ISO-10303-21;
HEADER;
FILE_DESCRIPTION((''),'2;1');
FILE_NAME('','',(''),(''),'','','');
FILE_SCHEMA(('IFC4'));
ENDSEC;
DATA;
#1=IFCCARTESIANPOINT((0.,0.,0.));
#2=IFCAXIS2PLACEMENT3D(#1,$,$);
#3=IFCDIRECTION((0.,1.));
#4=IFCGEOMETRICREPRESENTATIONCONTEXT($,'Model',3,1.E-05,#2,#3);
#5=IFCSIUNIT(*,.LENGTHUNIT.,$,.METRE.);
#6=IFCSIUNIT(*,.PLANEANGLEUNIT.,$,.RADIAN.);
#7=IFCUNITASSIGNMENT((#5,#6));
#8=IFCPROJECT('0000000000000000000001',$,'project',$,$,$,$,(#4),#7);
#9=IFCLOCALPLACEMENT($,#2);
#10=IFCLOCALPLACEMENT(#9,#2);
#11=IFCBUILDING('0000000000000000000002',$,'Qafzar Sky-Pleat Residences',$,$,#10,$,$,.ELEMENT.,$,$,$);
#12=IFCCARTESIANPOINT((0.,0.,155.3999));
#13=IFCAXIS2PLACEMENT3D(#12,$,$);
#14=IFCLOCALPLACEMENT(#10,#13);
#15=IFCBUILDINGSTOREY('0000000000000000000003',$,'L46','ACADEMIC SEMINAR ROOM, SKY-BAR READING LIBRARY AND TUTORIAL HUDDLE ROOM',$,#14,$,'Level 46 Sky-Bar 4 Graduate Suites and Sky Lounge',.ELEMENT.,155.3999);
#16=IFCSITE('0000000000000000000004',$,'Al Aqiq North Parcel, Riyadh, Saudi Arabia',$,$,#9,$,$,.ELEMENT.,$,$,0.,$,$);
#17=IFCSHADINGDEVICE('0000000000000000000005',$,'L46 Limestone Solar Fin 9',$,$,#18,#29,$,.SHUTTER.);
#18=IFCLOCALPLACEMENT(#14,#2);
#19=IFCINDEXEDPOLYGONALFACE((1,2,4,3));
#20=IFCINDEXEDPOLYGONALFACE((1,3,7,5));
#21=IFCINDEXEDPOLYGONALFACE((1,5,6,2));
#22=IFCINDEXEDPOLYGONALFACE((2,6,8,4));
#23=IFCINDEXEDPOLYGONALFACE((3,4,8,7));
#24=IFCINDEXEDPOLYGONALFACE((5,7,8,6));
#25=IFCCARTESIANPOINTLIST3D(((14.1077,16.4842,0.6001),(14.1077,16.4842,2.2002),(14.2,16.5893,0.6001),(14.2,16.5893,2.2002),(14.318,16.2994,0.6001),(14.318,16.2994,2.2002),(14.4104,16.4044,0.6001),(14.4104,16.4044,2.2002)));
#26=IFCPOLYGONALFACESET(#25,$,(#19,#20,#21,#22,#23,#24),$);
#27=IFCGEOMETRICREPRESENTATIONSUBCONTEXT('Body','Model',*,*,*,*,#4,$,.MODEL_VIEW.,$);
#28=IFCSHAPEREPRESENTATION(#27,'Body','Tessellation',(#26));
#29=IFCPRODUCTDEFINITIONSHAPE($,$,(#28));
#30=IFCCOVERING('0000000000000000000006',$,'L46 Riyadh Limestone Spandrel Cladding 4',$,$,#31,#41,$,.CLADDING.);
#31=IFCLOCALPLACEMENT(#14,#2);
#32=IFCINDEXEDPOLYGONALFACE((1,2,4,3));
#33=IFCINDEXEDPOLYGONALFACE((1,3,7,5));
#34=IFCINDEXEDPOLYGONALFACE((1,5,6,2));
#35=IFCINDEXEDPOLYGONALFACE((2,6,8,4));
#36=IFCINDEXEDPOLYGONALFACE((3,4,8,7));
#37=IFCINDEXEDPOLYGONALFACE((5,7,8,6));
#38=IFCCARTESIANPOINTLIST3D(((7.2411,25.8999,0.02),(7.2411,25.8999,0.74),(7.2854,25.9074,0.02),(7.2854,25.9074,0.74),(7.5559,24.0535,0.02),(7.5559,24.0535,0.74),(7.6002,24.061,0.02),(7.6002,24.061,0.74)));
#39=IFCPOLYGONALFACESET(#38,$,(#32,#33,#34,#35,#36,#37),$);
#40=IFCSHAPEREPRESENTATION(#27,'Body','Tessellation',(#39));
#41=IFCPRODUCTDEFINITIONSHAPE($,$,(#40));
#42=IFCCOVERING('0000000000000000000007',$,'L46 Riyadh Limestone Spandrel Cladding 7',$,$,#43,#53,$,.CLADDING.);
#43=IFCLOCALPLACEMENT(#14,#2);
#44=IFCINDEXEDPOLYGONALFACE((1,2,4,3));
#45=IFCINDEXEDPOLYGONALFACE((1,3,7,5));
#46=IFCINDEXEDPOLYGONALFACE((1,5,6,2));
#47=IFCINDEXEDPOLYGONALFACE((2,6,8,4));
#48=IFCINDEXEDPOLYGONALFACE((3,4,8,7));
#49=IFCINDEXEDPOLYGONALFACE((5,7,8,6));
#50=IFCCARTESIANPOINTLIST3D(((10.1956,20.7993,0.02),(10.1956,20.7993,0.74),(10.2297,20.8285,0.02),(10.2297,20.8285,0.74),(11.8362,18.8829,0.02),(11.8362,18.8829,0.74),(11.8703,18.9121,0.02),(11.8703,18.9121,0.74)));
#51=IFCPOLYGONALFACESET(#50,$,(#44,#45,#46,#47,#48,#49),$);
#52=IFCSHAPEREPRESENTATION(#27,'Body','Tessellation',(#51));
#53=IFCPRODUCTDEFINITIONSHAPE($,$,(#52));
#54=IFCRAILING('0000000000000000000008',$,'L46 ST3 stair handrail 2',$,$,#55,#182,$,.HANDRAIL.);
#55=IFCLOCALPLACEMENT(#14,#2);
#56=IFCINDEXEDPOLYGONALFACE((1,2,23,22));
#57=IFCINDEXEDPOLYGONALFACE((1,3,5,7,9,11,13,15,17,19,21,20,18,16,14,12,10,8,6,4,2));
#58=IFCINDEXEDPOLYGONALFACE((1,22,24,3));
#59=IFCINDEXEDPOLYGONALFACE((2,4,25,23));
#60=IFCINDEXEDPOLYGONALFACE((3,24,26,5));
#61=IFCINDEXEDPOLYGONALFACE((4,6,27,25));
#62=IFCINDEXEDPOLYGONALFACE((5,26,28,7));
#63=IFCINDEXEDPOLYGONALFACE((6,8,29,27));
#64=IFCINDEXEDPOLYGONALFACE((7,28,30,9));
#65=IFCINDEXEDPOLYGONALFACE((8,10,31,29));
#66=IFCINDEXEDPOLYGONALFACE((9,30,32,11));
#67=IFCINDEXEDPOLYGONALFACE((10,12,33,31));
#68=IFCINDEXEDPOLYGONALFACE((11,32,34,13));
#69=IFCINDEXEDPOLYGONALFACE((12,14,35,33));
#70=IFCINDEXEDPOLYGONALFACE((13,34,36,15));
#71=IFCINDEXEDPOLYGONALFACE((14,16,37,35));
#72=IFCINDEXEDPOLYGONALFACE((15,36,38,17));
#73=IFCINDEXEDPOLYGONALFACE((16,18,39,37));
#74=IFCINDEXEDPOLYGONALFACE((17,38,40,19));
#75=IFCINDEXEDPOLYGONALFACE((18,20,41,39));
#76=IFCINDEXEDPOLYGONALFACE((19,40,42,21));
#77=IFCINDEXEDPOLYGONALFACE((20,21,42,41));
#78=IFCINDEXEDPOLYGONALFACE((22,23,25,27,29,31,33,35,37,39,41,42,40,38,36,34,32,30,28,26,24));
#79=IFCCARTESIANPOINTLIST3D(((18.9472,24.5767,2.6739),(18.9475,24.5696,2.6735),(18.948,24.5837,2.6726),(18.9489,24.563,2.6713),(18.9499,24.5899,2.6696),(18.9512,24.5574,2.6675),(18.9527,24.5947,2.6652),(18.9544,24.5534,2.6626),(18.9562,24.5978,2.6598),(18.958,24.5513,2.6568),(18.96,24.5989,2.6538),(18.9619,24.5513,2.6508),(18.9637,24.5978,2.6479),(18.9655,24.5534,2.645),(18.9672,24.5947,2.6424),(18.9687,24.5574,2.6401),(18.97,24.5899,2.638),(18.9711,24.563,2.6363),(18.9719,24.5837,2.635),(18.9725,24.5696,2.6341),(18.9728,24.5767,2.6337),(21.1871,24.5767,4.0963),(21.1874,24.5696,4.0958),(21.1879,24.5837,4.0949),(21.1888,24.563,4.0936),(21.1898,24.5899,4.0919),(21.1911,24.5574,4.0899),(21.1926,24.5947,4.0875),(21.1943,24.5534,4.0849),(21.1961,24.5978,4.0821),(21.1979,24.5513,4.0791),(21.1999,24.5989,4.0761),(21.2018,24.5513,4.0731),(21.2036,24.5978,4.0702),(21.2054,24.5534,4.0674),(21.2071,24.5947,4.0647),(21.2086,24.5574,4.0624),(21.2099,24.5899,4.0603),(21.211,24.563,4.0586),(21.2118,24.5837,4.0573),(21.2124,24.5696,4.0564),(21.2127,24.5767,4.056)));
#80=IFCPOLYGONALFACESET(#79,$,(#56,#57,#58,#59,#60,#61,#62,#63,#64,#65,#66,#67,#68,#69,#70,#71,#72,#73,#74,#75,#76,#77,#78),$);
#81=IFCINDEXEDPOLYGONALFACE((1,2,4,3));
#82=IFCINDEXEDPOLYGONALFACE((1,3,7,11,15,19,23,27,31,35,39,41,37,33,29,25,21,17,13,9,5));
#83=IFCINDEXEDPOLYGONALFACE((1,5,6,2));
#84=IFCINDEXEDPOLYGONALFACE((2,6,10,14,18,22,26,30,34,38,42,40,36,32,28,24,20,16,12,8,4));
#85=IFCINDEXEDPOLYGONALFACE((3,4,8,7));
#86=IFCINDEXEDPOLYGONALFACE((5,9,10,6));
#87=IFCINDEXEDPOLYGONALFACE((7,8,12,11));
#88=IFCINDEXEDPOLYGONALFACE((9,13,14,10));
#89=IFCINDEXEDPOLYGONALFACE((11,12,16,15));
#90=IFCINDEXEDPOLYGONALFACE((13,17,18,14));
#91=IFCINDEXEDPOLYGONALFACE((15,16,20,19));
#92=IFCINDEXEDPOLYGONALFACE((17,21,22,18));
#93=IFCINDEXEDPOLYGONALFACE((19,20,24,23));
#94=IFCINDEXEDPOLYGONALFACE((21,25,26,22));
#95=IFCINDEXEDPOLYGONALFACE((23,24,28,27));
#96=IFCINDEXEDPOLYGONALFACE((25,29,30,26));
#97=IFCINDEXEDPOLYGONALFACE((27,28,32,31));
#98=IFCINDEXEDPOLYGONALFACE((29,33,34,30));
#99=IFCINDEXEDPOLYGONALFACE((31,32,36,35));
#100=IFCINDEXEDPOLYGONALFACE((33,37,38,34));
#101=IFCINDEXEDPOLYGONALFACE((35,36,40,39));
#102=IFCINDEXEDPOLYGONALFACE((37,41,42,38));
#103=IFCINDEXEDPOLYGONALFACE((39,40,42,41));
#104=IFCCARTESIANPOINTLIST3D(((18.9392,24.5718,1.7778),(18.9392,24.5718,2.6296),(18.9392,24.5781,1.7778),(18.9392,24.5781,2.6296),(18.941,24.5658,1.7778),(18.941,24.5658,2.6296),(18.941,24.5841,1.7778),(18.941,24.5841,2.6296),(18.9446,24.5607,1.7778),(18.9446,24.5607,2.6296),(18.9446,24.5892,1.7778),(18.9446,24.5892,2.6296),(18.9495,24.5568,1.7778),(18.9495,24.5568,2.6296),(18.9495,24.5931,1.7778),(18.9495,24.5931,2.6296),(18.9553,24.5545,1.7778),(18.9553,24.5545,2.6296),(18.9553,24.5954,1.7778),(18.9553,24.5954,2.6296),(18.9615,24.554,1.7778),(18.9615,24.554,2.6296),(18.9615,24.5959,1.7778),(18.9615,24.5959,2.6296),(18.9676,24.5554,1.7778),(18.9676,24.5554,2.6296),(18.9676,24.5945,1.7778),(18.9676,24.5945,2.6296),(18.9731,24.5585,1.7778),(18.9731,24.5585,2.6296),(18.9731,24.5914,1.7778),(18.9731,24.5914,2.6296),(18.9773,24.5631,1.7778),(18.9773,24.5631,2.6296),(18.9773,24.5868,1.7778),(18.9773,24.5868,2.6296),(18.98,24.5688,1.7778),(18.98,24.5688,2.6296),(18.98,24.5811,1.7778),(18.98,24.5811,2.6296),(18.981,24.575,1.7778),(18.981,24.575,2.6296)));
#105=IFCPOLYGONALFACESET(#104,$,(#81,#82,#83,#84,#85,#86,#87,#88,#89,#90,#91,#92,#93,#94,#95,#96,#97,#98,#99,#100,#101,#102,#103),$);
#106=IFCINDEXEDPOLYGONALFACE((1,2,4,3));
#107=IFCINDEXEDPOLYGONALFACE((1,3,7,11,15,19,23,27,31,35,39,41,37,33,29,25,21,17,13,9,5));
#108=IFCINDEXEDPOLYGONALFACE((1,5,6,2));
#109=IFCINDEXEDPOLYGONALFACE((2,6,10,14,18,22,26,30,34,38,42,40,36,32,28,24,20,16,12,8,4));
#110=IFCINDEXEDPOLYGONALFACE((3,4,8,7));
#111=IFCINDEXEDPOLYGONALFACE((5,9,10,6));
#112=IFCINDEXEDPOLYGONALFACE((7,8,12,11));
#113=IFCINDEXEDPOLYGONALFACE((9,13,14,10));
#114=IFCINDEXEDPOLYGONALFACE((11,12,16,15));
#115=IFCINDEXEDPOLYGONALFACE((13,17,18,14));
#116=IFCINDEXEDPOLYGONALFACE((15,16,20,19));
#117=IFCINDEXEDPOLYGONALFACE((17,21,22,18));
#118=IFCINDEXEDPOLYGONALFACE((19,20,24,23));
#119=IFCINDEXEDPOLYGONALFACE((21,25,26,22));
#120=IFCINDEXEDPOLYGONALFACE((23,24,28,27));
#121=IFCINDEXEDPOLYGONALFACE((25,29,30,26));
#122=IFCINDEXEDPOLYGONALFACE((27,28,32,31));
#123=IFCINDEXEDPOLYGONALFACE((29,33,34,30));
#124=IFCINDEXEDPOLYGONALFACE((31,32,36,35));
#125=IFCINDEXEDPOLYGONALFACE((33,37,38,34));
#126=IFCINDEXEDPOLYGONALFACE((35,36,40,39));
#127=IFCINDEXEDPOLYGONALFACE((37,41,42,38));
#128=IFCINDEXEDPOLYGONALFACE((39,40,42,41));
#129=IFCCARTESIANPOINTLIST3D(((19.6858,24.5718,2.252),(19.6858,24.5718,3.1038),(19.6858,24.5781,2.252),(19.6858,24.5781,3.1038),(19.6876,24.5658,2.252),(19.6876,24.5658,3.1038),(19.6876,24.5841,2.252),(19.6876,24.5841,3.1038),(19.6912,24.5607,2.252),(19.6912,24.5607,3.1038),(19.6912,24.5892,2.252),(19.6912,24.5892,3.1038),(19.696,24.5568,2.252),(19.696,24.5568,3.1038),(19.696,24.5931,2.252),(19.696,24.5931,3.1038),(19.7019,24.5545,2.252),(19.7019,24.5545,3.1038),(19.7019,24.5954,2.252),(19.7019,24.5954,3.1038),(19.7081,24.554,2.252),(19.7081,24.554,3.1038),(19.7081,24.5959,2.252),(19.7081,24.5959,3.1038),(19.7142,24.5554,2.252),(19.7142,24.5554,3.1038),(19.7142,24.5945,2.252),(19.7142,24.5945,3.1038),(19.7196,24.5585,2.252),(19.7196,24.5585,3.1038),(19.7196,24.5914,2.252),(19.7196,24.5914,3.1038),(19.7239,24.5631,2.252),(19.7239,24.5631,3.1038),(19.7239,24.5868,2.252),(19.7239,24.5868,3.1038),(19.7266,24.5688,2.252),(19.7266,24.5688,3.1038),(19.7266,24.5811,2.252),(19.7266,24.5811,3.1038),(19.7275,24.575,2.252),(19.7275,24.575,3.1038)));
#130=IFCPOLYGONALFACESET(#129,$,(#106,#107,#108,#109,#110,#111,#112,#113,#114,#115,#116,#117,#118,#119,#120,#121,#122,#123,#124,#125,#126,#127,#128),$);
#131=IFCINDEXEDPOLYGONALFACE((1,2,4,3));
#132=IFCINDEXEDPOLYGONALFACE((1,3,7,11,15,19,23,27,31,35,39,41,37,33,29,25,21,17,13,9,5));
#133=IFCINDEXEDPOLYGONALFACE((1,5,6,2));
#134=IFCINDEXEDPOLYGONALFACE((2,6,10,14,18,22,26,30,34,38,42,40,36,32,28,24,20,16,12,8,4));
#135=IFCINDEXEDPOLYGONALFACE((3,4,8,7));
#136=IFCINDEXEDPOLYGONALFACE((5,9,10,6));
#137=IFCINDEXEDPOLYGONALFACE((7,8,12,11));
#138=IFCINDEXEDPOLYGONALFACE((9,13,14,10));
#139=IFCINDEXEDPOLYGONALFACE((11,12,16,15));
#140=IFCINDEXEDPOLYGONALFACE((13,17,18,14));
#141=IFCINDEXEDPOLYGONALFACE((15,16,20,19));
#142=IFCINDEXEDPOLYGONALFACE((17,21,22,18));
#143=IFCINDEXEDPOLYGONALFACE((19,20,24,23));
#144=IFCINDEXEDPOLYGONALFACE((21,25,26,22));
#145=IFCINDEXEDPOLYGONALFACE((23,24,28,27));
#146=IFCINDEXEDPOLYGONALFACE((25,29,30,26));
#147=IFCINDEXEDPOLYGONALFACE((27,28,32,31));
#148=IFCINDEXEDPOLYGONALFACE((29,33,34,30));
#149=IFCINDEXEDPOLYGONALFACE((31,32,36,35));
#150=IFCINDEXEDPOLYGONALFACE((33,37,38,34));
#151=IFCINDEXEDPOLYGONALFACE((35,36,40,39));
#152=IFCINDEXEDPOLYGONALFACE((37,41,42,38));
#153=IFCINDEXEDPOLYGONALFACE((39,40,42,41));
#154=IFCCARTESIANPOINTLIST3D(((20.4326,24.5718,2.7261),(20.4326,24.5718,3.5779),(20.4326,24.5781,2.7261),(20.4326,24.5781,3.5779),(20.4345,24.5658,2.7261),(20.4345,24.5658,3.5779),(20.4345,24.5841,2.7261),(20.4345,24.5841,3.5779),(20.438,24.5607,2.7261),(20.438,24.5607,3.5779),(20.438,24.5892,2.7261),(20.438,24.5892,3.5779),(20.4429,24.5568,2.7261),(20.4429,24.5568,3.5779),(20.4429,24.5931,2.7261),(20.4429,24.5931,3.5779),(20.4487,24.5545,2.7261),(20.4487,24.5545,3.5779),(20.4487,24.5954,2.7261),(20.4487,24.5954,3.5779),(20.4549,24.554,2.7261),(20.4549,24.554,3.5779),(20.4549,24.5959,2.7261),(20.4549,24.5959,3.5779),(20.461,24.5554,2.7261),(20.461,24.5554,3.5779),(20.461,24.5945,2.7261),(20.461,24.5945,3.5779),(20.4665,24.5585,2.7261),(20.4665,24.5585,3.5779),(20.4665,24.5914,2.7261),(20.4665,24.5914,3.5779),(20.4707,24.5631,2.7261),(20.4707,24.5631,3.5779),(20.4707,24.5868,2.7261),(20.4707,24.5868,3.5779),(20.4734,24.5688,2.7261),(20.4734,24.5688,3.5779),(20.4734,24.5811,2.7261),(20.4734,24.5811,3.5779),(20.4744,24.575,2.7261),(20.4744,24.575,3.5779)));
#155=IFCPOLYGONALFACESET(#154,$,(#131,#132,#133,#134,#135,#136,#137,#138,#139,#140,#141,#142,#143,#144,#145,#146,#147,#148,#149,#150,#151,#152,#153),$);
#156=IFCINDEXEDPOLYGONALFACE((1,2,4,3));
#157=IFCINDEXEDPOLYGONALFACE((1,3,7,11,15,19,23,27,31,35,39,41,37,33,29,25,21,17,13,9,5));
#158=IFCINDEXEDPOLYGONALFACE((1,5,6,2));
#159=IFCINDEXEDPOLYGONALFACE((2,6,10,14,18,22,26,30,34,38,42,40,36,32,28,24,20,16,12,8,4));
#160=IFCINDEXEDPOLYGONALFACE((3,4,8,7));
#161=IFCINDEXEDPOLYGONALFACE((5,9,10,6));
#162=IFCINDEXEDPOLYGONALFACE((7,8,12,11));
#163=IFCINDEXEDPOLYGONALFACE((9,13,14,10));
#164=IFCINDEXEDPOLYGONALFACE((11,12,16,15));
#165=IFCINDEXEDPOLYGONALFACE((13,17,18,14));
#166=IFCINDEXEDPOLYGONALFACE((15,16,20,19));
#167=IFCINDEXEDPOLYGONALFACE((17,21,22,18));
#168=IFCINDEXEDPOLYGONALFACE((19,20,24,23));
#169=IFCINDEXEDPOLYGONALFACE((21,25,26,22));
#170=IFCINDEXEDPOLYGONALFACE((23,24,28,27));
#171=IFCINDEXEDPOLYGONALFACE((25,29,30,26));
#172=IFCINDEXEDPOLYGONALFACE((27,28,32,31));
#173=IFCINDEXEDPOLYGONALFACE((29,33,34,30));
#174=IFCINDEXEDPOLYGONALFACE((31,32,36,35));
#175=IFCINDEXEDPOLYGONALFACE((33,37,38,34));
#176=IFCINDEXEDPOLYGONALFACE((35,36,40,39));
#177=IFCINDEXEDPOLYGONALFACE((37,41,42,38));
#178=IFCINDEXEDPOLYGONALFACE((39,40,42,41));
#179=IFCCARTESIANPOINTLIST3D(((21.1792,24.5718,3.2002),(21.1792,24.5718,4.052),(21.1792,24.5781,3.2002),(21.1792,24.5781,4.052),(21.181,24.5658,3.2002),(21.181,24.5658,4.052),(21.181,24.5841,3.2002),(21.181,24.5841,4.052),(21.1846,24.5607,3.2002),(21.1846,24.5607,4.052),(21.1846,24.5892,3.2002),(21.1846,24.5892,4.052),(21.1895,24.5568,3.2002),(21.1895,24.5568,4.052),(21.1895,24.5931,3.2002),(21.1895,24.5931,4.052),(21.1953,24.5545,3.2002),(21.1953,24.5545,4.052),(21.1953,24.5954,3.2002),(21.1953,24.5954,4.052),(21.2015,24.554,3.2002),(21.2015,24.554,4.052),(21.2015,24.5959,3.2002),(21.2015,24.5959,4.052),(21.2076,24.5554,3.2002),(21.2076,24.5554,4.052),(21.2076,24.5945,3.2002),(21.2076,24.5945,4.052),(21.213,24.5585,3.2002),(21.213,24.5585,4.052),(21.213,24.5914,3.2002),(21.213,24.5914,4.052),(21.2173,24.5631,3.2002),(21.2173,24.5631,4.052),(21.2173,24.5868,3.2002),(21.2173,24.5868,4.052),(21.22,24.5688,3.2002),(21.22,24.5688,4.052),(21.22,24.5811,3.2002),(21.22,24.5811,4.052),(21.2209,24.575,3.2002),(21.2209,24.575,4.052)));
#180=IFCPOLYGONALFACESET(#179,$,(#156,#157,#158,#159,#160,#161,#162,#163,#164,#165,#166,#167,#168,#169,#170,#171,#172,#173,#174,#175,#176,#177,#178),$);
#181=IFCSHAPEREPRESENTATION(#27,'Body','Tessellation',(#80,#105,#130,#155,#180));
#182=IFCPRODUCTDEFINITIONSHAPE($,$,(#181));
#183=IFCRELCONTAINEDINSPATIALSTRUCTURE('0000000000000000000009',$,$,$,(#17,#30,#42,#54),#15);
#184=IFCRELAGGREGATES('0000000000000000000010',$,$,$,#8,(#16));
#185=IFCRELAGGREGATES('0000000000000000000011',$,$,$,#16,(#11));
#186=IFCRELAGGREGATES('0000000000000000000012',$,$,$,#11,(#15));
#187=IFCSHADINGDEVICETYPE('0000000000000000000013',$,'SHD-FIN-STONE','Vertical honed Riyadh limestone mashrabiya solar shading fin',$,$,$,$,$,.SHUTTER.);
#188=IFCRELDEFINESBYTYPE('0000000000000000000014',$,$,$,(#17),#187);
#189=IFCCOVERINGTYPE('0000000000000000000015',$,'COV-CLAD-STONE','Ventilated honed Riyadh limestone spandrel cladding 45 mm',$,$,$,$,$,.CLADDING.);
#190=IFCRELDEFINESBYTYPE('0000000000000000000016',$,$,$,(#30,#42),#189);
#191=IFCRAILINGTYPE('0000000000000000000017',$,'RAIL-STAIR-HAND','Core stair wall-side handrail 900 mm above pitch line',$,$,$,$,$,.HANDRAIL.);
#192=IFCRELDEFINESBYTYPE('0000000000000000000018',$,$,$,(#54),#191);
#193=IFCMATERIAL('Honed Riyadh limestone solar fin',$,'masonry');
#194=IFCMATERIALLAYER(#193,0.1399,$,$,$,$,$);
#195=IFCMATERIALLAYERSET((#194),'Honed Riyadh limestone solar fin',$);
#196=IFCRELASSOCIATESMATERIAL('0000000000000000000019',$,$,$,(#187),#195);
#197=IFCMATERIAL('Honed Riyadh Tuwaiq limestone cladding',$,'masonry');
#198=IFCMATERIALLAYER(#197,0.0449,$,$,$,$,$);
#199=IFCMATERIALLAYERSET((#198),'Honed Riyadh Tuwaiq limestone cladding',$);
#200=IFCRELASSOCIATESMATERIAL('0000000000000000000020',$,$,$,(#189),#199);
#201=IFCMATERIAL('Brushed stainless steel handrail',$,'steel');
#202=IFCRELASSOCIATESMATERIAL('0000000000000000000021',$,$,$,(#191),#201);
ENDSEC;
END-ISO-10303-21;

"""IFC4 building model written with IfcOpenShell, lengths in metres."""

from ifc_helpers import new_model, si_unit, direction, frame, origin, origin_2d, place, context, subcontext, project, spatial, rectangle, circle, extrude, source, transform, mapped, material, layer, layer_set, type_object, element, save


model = new_model("IFC4")

# Units and contexts
model_context = context("Model", 3, precision=1e-05, world=origin(), true_north=direction((0.0, 1.0)))
body_context = subcontext(model_context, "Body", "Model", "MODEL_VIEW")
ifc_project = project(units=[si_unit("LENGTHUNIT", "METRE"), si_unit("PLANEANGLEUNIT", "RADIAN")], contexts=[model_context])

# Site, building, storey
site_placement = place(None, origin())
site = spatial("IfcSite", under=ifc_project, at=site_placement, Name="Al Aqiq North Parcel, Riyadh, Saudi Arabia", CompositionType="ELEMENT", RefElevation=0.0)
building_placement = place(site_placement, origin())
building = spatial("IfcBuilding", under=site, at=building_placement, Name="Qafzar Sky-Pleat Residences", CompositionType="ELEMENT")
storey_placement = place(building_placement, frame((0.0, 0.0, 155.3999)))
storey = spatial("IfcBuildingStorey", under=building, at=storey_placement, Name="L46", Description="ACADEMIC SEMINAR ROOM, SKY-BAR READING LIBRARY AND TUTORIAL HUDDLE ROOM", LongName="Level 46 Sky-Bar 4 Graduate Suites and Sky Lounge", CompositionType="ELEMENT", Elevation=155.3999)

# Shading device
ifc_material_1 = material(Name="Honed Riyadh limestone solar fin", Category="masonry")
ifc_layer_1 = layer(ifc_material_1, 0.1399)
ifc_layer_set_1 = layer_set([ifc_layer_1], Name="Honed Riyadh limestone solar fin")
shading_device_type = type_object("IfcShadingDeviceType", Name="SHD-FIN-STONE", Description="Vertical honed Riyadh limestone mashrabiya solar shading fin", PredefinedType="SHUTTER", material=ifc_layer_set_1)
shared_shape_1 = source(origin(), body_context, "Body", "SweptSolid", [
    extrude(rectangle(XDim=0.1399, YDim=0.28, at=origin_2d()), origin(), (0.0, 0.0, 1.0), 1.6001),
])
for number, where, z_axis, x_axis, name in (
    (1, (14.259, 16.4443, 0.6001), (0.0, 0.0, 1.0), (-0.660158, -0.751127, 0.0), "L46 Limestone Solar Fin 9"),
):
    element("IfcShadingDevice", number, at=place(storey_placement, frame(where, z_axis=z_axis, x_axis=x_axis)), inside=storey, type_object=shading_device_type, Name=name, PredefinedType="SHUTTER", context=body_context, shape_type="MappedRepresentation", body=[
        mapped(shared_shape_1, transform((0.0, 0.0, 0.0), x_axis=(1.0, 0.0, 0.0), y_axis=(0.0, 1.0, 0.0), z_axis=(0.0, 0.0, 1.0), scale=1.0)),
    ])

# Covering
ifc_material_2 = material(Name="Honed Riyadh Tuwaiq limestone cladding", Category="masonry")
ifc_layer_2 = layer(ifc_material_2, 0.0449)
ifc_layer_set_2 = layer_set([ifc_layer_2], Name="Honed Riyadh Tuwaiq limestone cladding")
covering_type = type_object("IfcCoveringType", Name="COV-CLAD-STONE", Description="Ventilated honed Riyadh limestone spandrel cladding 45 mm", PredefinedType="CLADDING", material=ifc_layer_set_2)
shared_shape_2 = source(origin(), body_context, "Body", "SweptSolid", [
    extrude(rectangle(XDim=1.873, YDim=0.0449, at=origin_2d()), origin(), (0.0, 0.0, 1.0), 0.72),
])
covering_1_placement = place(storey_placement, frame((7.4207, 24.9805, 0.02), z_axis=(0.0, 0.0, 1.0), x_axis=(0.168084, -0.985773, 0.0)))
element("IfcCovering", 2, at=covering_1_placement, inside=storey, type_object=covering_type, Name="L46 Riyadh Limestone Spandrel Cladding 4", PredefinedType="CLADDING", context=body_context, shape_type="MappedRepresentation", body=[
    mapped(shared_shape_2, transform((0.0, 0.0, 0.0), x_axis=(1.0, 0.0, 0.0), y_axis=(0.0, 1.0, 0.0), z_axis=(0.0, 0.0, 1.0), scale=1.0)),
])

# Covering
shared_shape_3 = source(origin(), body_context, "Body", "SweptSolid", [
    extrude(rectangle(XDim=2.5227, YDim=0.0449, at=origin_2d()), origin(), (0.0, 0.0, 1.0), 0.72),
])
covering_2_placement = place(storey_placement, frame((11.033, 19.8557, 0.02), z_axis=(0.0, 0.0, 1.0), x_axis=(0.650336, -0.759647, 0.0)))
element("IfcCovering", 3, at=covering_2_placement, inside=storey, type_object=covering_type, Name="L46 Riyadh Limestone Spandrel Cladding 7", PredefinedType="CLADDING", context=body_context, shape_type="MappedRepresentation", body=[
    mapped(shared_shape_3, transform((0.0, 0.0, 0.0), x_axis=(1.0, 0.0, 0.0), y_axis=(0.0, 1.0, 0.0), z_axis=(0.0, 0.0, 1.0), scale=1.0)),
])

# Railing
ifc_material_3 = material(Name="Brushed stainless steel handrail", Category="steel")
railing_type_1 = type_object("IfcRailingType", Name="RAIL-STAIR-HAND", Description="Core stair wall-side handrail 900 mm above pitch line", PredefinedType="HANDRAIL", material=ifc_material_3)
shared_shape_4 = source(origin(), body_context, "Body", "SweptSolid", [
    extrude(circle(Radius=0.0239, at=origin_2d()), frame((0.0, 0.0, 0.876), z_axis=(0.844188, 0.0, 0.536048), x_axis=(0.0, 1.0, 0.0)), (0.0, 0.0, 1.0), 2.6533),
    extrude(circle(Radius=0.021, at=origin_2d()), origin(), (0.0, 0.0, 1.0), 0.8518),
    extrude(circle(Radius=0.021, at=origin_2d()), frame((0.7466, 0.0, 0.4741)), (0.0, 0.0, 1.0), 0.8518),
    extrude(circle(Radius=0.021, at=origin_2d()), frame((1.4934, 0.0, 0.9482)), (0.0, 0.0, 1.0), 0.8518),
    extrude(circle(Radius=0.021, at=origin_2d()), frame((2.24, 0.0, 1.4224)), (0.0, 0.0, 1.0), 0.8518),
])
railing_1_placement = place(storey_placement, frame((18.96, 24.575, 1.7778)))
element("IfcRailing", 4, at=railing_1_placement, inside=storey, type_object=railing_type_1, Name="L46 ST3 stair handrail 2", PredefinedType="HANDRAIL", context=body_context, shape_type="MappedRepresentation", body=[
    mapped(shared_shape_4, transform((0.0, 0.0, 0.0), x_axis=(1.0, 0.0, 0.0), y_axis=(0.0, 1.0, 0.0), z_axis=(0.0, 0.0, 1.0), scale=1.0)),
])

save(model, "model.ifc")
